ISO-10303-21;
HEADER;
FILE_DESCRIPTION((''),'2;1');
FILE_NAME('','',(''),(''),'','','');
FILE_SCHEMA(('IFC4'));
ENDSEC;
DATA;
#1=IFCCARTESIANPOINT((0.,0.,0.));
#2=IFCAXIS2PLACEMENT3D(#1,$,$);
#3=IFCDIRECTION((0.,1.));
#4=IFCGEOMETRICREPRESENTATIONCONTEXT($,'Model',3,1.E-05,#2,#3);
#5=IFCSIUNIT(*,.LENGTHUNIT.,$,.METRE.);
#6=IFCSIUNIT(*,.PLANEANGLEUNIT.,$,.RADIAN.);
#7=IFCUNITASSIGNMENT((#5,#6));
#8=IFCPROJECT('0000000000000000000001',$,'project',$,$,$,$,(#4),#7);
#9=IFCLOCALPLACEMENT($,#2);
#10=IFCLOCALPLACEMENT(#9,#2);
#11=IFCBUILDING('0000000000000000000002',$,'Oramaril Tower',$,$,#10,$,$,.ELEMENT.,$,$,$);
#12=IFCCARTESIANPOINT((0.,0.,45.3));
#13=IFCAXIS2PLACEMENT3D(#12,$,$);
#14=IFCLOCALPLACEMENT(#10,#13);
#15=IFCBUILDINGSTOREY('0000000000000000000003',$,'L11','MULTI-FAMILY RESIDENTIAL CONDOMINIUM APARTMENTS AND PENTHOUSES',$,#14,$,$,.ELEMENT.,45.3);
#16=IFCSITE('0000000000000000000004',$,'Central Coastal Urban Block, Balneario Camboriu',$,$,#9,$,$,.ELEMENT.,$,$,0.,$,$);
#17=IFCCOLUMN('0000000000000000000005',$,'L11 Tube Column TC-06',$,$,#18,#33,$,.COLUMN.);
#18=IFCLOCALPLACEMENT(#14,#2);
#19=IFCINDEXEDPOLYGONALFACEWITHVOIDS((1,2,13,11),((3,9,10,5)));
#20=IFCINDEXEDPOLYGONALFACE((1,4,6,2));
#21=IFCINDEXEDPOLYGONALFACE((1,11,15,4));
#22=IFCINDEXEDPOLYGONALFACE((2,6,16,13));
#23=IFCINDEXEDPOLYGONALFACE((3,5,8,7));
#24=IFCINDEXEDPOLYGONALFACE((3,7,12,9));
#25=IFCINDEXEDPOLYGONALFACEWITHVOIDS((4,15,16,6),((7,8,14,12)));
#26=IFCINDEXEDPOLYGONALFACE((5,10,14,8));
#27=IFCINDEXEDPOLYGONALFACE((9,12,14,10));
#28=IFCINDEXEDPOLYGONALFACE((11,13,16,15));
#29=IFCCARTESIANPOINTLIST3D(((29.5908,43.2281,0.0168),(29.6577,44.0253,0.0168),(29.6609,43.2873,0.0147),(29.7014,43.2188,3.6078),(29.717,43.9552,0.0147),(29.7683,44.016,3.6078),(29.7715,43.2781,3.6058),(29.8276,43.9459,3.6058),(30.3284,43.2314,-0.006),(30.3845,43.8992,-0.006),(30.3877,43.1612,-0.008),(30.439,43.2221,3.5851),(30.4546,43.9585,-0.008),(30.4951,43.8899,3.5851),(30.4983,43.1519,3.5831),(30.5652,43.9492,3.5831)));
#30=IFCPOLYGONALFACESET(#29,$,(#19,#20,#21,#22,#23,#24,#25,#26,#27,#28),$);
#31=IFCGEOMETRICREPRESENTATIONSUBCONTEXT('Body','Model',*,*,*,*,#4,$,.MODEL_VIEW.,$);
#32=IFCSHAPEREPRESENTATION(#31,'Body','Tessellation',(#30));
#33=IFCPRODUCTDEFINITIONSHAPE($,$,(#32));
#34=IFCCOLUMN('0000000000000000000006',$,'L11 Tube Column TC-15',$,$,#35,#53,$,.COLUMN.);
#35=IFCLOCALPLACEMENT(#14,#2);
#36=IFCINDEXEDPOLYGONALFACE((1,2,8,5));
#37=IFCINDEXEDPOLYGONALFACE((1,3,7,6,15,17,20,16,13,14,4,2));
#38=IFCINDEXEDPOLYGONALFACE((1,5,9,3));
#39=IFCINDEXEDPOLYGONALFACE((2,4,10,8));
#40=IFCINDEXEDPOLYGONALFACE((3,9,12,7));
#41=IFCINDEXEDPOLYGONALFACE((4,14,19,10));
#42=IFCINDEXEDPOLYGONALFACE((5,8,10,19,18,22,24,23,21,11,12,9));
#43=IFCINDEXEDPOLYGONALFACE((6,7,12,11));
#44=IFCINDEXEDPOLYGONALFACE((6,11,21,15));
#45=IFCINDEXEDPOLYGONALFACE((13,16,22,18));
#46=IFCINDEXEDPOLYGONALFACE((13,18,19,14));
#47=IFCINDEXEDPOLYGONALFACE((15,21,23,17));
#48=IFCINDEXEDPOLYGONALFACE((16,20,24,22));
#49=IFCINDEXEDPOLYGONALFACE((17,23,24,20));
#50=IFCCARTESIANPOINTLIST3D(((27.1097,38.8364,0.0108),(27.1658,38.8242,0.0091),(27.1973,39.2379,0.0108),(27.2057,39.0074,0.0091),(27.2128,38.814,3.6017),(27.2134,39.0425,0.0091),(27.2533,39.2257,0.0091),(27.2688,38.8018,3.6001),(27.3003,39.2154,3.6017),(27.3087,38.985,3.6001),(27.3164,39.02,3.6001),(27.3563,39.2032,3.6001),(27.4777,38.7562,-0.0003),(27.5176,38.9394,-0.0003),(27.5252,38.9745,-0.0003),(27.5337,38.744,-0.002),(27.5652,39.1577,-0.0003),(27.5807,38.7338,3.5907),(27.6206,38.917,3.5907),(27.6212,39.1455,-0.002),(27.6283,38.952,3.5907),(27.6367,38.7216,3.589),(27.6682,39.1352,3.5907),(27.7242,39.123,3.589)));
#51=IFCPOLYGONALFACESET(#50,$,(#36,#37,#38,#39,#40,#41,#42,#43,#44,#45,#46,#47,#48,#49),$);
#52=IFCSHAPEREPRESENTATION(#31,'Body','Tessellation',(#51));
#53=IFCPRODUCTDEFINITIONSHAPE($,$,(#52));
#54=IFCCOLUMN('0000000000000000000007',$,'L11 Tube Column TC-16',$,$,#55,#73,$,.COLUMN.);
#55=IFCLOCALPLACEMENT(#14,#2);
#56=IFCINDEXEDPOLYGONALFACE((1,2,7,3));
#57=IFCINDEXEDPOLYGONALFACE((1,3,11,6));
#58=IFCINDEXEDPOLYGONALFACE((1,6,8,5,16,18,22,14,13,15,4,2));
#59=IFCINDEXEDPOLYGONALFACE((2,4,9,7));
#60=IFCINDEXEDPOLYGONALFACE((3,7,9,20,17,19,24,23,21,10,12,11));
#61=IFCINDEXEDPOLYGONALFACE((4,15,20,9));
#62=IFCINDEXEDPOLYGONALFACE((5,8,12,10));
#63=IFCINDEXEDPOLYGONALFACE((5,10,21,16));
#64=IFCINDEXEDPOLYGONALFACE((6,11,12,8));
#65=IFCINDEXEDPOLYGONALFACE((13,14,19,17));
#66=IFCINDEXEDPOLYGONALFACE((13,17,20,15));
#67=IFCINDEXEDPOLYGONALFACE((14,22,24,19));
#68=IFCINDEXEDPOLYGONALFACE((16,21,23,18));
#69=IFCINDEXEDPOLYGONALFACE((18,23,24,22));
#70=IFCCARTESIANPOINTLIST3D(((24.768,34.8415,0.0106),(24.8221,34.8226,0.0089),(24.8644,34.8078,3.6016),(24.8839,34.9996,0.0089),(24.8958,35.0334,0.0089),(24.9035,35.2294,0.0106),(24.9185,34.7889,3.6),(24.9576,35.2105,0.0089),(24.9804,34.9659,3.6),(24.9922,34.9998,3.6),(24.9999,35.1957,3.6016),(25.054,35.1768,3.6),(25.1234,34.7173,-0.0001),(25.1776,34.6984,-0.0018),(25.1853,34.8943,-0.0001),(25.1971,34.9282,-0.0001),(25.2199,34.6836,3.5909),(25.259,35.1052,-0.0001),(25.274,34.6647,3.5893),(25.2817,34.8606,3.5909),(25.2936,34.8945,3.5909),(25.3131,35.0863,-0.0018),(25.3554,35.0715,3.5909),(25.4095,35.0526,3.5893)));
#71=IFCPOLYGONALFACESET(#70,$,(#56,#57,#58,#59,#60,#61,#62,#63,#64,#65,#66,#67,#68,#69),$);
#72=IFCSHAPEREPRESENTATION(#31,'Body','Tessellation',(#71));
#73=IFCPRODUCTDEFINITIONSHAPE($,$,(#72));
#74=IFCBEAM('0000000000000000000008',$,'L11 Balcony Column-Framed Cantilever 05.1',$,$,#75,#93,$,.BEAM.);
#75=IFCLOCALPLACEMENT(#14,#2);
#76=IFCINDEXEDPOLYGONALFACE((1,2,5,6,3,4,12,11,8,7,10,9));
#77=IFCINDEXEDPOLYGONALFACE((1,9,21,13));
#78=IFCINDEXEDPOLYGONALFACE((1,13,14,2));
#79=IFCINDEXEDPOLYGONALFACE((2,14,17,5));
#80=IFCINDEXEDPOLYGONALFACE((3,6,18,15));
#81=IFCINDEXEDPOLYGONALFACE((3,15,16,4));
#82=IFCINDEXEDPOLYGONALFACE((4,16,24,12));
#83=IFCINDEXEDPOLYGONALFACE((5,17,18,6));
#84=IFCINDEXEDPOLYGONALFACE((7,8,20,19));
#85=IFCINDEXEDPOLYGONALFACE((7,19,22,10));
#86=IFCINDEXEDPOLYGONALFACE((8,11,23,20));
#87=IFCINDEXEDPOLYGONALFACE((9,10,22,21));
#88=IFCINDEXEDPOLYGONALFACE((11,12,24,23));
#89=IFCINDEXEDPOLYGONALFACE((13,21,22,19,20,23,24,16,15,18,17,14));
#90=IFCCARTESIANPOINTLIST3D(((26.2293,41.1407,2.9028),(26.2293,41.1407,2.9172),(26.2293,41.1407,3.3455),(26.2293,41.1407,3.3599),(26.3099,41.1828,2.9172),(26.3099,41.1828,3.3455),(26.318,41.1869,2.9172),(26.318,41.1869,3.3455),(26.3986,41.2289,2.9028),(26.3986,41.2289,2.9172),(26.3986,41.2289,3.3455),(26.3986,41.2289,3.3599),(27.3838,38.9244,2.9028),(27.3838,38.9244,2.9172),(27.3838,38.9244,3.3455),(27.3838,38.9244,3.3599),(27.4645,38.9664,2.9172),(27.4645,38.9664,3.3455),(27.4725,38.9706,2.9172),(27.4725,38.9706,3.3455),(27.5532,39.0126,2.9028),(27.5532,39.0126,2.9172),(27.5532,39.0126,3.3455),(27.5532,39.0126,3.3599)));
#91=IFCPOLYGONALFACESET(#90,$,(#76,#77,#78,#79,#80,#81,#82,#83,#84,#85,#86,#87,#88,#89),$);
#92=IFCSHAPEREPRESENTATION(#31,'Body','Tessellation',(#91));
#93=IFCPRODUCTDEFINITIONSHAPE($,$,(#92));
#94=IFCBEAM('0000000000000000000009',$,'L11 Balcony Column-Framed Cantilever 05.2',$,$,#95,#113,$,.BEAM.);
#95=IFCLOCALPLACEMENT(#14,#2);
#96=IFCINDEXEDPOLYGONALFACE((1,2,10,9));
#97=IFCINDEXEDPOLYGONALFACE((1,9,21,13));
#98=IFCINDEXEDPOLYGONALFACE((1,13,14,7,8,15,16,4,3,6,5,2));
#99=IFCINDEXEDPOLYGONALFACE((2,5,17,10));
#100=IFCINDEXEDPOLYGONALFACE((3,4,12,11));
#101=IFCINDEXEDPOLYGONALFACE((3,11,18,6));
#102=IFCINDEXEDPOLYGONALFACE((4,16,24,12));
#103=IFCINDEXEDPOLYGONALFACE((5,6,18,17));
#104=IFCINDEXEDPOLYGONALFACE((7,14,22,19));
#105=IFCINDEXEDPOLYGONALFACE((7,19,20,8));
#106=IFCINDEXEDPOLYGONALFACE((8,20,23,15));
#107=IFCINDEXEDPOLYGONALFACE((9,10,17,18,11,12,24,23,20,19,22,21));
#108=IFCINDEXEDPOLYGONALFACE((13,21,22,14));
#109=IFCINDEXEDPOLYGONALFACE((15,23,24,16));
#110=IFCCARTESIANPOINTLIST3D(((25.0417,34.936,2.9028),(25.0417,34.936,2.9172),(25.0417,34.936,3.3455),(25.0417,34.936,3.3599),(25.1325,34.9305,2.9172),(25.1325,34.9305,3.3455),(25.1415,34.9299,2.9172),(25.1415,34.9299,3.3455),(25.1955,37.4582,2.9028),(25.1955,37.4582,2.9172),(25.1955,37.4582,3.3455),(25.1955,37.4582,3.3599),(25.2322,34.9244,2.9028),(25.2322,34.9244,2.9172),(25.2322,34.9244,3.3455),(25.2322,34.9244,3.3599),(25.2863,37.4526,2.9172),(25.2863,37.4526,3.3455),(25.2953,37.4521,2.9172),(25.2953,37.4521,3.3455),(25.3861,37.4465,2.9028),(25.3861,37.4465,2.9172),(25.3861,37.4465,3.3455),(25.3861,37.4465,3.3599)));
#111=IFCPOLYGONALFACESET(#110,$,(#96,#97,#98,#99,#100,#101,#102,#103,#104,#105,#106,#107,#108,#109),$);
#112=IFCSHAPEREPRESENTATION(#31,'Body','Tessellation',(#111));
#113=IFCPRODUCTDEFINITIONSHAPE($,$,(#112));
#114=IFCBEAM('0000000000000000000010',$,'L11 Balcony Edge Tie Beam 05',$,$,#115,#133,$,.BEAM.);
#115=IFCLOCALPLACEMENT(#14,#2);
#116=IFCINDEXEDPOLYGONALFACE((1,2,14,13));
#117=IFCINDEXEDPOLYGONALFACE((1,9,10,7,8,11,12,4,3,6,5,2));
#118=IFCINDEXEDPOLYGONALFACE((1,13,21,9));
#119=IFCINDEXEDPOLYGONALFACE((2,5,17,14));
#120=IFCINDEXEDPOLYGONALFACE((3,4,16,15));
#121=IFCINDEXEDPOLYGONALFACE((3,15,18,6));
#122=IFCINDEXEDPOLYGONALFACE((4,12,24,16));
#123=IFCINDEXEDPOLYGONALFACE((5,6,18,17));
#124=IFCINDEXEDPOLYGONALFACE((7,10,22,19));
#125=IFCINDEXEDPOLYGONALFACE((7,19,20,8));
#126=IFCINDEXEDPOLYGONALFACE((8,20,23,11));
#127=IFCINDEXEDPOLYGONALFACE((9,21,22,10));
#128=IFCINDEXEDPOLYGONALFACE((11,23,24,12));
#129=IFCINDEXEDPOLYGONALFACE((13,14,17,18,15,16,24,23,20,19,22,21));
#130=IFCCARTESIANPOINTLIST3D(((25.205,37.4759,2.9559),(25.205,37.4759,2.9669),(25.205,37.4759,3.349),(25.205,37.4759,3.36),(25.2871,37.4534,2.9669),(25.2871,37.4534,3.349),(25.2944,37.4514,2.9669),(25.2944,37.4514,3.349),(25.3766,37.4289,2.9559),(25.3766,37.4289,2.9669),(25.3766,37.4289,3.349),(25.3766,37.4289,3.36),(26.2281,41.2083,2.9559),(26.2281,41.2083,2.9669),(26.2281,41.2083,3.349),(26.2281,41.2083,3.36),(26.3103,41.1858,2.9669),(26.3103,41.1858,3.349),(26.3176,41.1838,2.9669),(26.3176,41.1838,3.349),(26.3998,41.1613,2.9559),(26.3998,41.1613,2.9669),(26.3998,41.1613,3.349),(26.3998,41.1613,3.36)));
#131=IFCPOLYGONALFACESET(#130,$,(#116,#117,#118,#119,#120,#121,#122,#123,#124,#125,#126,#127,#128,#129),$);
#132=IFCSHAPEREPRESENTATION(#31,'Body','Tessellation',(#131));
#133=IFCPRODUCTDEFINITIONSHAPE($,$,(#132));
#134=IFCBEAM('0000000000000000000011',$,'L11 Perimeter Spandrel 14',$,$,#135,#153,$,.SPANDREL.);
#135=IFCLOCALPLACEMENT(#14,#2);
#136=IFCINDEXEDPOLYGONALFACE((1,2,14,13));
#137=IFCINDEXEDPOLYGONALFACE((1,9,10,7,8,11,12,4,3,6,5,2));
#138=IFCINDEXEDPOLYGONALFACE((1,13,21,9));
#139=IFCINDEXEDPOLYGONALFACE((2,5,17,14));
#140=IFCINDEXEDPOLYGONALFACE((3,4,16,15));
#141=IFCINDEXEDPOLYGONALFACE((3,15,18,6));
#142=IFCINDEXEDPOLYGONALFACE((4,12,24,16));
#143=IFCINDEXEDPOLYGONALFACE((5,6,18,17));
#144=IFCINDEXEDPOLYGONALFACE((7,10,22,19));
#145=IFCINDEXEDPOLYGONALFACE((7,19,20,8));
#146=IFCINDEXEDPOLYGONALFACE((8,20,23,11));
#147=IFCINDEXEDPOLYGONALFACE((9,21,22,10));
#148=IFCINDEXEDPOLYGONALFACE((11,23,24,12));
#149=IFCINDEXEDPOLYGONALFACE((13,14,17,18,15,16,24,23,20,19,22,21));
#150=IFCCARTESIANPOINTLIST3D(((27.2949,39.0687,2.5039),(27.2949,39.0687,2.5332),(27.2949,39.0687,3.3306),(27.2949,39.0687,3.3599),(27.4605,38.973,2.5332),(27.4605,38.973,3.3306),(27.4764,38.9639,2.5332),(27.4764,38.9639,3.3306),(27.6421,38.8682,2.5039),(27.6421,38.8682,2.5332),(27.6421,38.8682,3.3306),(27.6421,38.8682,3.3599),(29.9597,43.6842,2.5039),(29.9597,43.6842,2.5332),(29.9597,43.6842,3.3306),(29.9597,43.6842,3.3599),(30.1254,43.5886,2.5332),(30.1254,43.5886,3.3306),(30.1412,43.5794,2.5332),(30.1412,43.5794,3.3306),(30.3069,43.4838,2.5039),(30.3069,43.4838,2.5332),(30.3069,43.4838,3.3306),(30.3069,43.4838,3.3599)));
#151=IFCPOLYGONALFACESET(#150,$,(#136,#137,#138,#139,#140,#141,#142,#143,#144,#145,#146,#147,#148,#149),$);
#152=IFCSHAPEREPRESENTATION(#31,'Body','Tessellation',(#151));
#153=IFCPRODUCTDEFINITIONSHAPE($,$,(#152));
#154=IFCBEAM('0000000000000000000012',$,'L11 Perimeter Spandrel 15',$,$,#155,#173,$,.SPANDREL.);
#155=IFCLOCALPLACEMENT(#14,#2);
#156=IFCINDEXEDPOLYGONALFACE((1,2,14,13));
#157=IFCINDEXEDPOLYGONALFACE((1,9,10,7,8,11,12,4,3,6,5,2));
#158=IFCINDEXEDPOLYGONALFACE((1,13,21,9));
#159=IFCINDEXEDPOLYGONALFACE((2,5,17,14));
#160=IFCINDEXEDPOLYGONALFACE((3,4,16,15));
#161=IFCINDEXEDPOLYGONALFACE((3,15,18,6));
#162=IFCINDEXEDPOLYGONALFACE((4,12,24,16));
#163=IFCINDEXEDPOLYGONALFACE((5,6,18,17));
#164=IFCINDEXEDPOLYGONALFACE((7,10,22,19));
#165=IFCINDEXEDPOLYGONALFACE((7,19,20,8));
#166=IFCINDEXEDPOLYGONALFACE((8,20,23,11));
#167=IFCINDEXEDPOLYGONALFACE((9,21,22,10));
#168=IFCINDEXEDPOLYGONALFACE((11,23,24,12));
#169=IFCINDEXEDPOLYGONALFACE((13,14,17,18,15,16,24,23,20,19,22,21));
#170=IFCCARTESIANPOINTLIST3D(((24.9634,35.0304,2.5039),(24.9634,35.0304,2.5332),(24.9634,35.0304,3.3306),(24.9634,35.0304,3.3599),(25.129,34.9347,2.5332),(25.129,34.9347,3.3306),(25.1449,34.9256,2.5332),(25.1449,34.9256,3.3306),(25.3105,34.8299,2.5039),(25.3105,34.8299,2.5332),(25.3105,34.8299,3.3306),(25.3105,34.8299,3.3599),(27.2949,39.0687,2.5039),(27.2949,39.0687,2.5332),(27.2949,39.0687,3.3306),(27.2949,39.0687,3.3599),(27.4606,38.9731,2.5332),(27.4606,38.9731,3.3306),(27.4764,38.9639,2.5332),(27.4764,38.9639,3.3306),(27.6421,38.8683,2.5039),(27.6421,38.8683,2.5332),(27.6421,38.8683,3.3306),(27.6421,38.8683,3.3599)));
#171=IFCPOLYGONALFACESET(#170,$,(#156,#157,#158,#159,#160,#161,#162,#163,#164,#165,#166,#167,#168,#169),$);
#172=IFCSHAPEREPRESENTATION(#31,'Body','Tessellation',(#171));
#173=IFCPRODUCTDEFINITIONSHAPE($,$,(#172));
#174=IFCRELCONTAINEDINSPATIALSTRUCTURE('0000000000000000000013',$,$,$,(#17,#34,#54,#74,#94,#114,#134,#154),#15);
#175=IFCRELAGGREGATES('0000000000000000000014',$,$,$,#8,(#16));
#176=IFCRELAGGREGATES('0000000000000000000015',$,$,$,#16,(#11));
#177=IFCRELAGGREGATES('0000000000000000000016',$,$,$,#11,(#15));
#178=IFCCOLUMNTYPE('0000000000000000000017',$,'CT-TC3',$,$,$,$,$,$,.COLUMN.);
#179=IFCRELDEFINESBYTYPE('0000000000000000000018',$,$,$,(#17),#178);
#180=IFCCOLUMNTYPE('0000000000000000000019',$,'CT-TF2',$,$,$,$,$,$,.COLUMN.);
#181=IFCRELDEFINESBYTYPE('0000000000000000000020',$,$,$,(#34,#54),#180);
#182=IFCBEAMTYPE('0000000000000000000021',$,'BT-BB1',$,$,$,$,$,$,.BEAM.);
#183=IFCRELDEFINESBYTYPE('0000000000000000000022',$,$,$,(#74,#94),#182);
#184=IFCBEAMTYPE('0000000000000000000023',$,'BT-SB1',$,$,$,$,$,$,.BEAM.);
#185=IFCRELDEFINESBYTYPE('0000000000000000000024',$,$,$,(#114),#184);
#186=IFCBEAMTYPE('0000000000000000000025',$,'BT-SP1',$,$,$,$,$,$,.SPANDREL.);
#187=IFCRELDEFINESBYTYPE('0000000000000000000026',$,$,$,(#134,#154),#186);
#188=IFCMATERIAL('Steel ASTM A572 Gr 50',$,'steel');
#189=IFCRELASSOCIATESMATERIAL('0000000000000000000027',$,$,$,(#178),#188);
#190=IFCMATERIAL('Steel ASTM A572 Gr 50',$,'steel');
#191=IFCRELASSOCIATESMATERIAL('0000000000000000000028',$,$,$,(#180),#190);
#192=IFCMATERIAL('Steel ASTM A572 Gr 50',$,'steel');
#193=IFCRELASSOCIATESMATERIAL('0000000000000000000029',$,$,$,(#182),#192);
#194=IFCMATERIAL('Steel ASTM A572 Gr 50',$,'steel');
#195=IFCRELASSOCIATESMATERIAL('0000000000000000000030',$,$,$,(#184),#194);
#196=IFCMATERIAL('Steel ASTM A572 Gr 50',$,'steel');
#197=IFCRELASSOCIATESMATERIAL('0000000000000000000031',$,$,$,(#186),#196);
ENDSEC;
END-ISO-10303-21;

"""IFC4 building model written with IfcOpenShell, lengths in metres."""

from ifc_helpers import new_model, si_unit, direction, frame, origin, origin_2d, place, context, subcontext, project, spatial, hollow_rectangle, i_section, extrude, material, material_profile, profile_set, type_object, element, save


model = new_model("IFC4")

# Units and contexts
model_context = context("Model", 3, precision=1e-05, world=origin(), true_north=direction((0.0, 1.0)))
body_context = subcontext(model_context, "Body", "Model", "MODEL_VIEW")
ifc_project = project(units=[si_unit("LENGTHUNIT", "METRE"), si_unit("PLANEANGLEUNIT", "RADIAN")], contexts=[model_context])

# Site, building, storey
site_placement = place(None, origin())
site = spatial("IfcSite", under=ifc_project, at=site_placement, Name="Central Coastal Urban Block, Balneario Camboriu", CompositionType="ELEMENT", RefElevation=0.0)
building_placement = place(site_placement, origin())
building = spatial("IfcBuilding", under=site, at=building_placement, Name="Oramaril Tower", CompositionType="ELEMENT")
storey_placement = place(building_placement, frame((0.0, 0.0, 45.3)))
storey = spatial("IfcBuildingStorey", under=building, at=storey_placement, Name="L11", Description="MULTI-FAMILY RESIDENTIAL CONDOMINIUM APARTMENTS AND PENTHOUSES", CompositionType="ELEMENT", Elevation=45.3)

# Columns
ifc_material_1 = material(Name="Steel ASTM A572 Gr 50", Category="steel")
ifc_material_profile_1 = material_profile(ifc_material_1, hollow_rectangle(XDim=0.8, YDim=0.8, WallThickness=0.0649, at=origin_2d()), Name="BOX800X800X65")
ifc_profile_set_1 = profile_set([ifc_material_profile_1], Name="Steel ASTM A572 Gr 50")
column_type_1 = type_object("IfcColumnType", Name="CT-TC3", PredefinedType="COLUMN", material=ifc_profile_set_1)
column_placement = place(storey_placement, frame((30.0227, 43.5933, 0.0044), z_axis=(0.030783, -0.002582, 0.999523), x_axis=(0.083592, 0.9965, 0.0)))
element("IfcColumn", 1, at=column_placement, inside=storey, type_object=column_type_1, Name="L11 Tube Column TC-06", PredefinedType="COLUMN", context=body_context, shape_type="SweptSolid", body=[
    extrude(hollow_rectangle(XDim=0.8, YDim=0.8, WallThickness=0.0649, at=origin_2d()), origin(), (0.0, 0.0, 1.0), 3.5928),
])
ifc_material_2 = material(Name="Steel ASTM A572 Gr 50", Category="steel")
ifc_material_profile_2 = material_profile(ifc_material_2, i_section(OverallWidth=0.4109, OverallDepth=0.4341, WebThickness=0.0359, FlangeThickness=0.0574, at=origin_2d()), Name="W14X311")
ifc_profile_set_2 = profile_set([ifc_material_profile_2], Name="Steel ASTM A572 Gr 50")
column_type_2 = type_object("IfcColumnType", Name="CT-TF2", PredefinedType="COLUMN", material=ifc_profile_set_2)
for number, where, z_axis, x_axis, name in (
    (2, (27.3655, 38.991, 0.0044), (0.028678, -0.006252, 0.999569), (0.213006, 0.977051, 0.0), "L11 Tube Column TC-15"),
    (3, (25.0405, 34.9639, 0.0044), (0.026843, -0.009378, 0.999596), (0.329818, 0.944045, 0.0), "L11 Tube Column TC-16"),
):
    element("IfcColumn", number, at=place(storey_placement, frame(where, z_axis=z_axis, x_axis=x_axis)), inside=storey, type_object=column_type_2, Name=name, PredefinedType="COLUMN", context=body_context, shape_type="SweptSolid", body=[
        extrude(i_section(OverallWidth=0.4109, OverallDepth=0.4341, WebThickness=0.0359, FlangeThickness=0.0574, at=origin_2d()), origin(), (0.0, 0.0, 1.0), 3.5925),
    ])

# Beams
ifc_material_3 = material(Name="Steel ASTM A572 Gr 50", Category="steel")
ifc_material_profile_3 = material_profile(ifc_material_3, i_section(OverallWidth=0.1909, OverallDepth=0.457, WebThickness=0.009, FlangeThickness=0.0144, at=origin_2d()), Name="W18X50")
ifc_profile_set_3 = profile_set([ifc_material_profile_3], Name="Steel ASTM A572 Gr 50")
beam_type_1 = type_object("IfcBeamType", Name="BT-BB1", PredefinedType="BEAM", material=ifc_profile_set_3)
beam_1_placement = place(storey_placement, frame((27.4685, 38.9685, 3.1313), z_axis=(-0.462002, 0.886879, 0.0), x_axis=(-0.886879, -0.462002, 0.0)))
element("IfcBeam", 4, at=beam_1_placement, inside=storey, type_object=beam_type_1, Name="L11 Balcony Column-Framed Cantilever 05.1", PredefinedType="BEAM", context=body_context, shape_type="SweptSolid", body=[
    extrude(i_section(OverallWidth=0.1909, OverallDepth=0.457, WebThickness=0.009, FlangeThickness=0.0144, at=origin_2d()), origin(), (0.0, 0.0, 1.0), 2.499),
])
beam_2_placement = place(storey_placement, frame((25.137, 34.9302, 3.1313), z_axis=(0.060868, 0.998146, 0.0), x_axis=(-0.998146, 0.060868, 0.0)))
element("IfcBeam", 5, at=beam_2_placement, inside=storey, type_object=beam_type_1, Name="L11 Balcony Column-Framed Cantilever 05.2", PredefinedType="BEAM", context=body_context, shape_type="SweptSolid", body=[
    extrude(i_section(OverallWidth=0.1909, OverallDepth=0.457, WebThickness=0.009, FlangeThickness=0.0144, at=origin_2d()), origin(), (0.0, 0.0, 1.0), 2.5269),
])
ifc_material_4 = material(Name="Steel ASTM A572 Gr 50", Category="steel")
ifc_material_profile_4 = material_profile(ifc_material_4, i_section(OverallWidth=0.178, OverallDepth=0.4041, WebThickness=0.0076, FlangeThickness=0.011, at=origin_2d()), Name="W16X36")
ifc_profile_set_4 = profile_set([ifc_material_profile_4], Name="Steel ASTM A572 Gr 50")
beam_type_2 = type_object("IfcBeamType", Name="BT-SB1", PredefinedType="BEAM", material=ifc_profile_set_4)
beam_3_placement = place(storey_placement, frame((26.314, 41.1848, 3.158), z_axis=(-0.264382, -0.964418, 0.0), x_axis=(0.964418, -0.264382, 0.0)))
element("IfcBeam", 6, at=beam_3_placement, inside=storey, type_object=beam_type_2, Name="L11 Balcony Edge Tie Beam 05", PredefinedType="BEAM", context=body_context, shape_type="SweptSolid", body=[
    extrude(i_section(OverallWidth=0.178, OverallDepth=0.4041, WebThickness=0.0076, FlangeThickness=0.011, at=origin_2d()), origin(), (0.0, 0.0, 1.0), 3.8701),
])
ifc_material_5 = material(Name="Steel ASTM A572 Gr 50", Category="steel")
ifc_material_profile_5 = material_profile(ifc_material_5, i_section(OverallWidth=0.4009, OverallDepth=0.856, WebThickness=0.0183, FlangeThickness=0.0293, at=origin_2d()), Name="W33X201")
ifc_profile_set_5 = profile_set([ifc_material_profile_5], Name="Steel ASTM A572 Gr 50")
beam_type_3 = type_object("IfcBeamType", Name="BT-SP1", PredefinedType="SPANDREL", material=ifc_profile_set_5)
beam_4_placement = place(storey_placement, frame((30.1333, 43.584, 2.9319), z_axis=(-0.500007, -0.866022, 0.0), x_axis=(0.866022, -0.500007, 0.0)))
element("IfcBeam", 7, at=beam_4_placement, inside=storey, type_object=beam_type_3, Name="L11 Perimeter Spandrel 14", PredefinedType="SPANDREL", context=body_context, shape_type="SweptSolid", body=[
    extrude(i_section(OverallWidth=0.4009, OverallDepth=0.856, WebThickness=0.0183, FlangeThickness=0.0293, at=origin_2d()), origin(), (0.0, 0.0, 1.0), 5.3296),
])
beam_5_placement = place(storey_placement, frame((27.4685, 38.9685, 2.9319), z_axis=(-0.500002, -0.866024, 0.0), x_axis=(0.866024, -0.500002, 0.0)))
element("IfcBeam", 8, at=beam_5_placement, inside=storey, type_object=beam_type_3, Name="L11 Perimeter Spandrel 15", PredefinedType="SPANDREL", context=body_context, shape_type="SweptSolid", body=[
    extrude(i_section(OverallWidth=0.4009, OverallDepth=0.856, WebThickness=0.0183, FlangeThickness=0.0293, at=origin_2d()), origin(), (0.0, 0.0, 1.0), 4.6631),
])

save(model, "model.ifc")
